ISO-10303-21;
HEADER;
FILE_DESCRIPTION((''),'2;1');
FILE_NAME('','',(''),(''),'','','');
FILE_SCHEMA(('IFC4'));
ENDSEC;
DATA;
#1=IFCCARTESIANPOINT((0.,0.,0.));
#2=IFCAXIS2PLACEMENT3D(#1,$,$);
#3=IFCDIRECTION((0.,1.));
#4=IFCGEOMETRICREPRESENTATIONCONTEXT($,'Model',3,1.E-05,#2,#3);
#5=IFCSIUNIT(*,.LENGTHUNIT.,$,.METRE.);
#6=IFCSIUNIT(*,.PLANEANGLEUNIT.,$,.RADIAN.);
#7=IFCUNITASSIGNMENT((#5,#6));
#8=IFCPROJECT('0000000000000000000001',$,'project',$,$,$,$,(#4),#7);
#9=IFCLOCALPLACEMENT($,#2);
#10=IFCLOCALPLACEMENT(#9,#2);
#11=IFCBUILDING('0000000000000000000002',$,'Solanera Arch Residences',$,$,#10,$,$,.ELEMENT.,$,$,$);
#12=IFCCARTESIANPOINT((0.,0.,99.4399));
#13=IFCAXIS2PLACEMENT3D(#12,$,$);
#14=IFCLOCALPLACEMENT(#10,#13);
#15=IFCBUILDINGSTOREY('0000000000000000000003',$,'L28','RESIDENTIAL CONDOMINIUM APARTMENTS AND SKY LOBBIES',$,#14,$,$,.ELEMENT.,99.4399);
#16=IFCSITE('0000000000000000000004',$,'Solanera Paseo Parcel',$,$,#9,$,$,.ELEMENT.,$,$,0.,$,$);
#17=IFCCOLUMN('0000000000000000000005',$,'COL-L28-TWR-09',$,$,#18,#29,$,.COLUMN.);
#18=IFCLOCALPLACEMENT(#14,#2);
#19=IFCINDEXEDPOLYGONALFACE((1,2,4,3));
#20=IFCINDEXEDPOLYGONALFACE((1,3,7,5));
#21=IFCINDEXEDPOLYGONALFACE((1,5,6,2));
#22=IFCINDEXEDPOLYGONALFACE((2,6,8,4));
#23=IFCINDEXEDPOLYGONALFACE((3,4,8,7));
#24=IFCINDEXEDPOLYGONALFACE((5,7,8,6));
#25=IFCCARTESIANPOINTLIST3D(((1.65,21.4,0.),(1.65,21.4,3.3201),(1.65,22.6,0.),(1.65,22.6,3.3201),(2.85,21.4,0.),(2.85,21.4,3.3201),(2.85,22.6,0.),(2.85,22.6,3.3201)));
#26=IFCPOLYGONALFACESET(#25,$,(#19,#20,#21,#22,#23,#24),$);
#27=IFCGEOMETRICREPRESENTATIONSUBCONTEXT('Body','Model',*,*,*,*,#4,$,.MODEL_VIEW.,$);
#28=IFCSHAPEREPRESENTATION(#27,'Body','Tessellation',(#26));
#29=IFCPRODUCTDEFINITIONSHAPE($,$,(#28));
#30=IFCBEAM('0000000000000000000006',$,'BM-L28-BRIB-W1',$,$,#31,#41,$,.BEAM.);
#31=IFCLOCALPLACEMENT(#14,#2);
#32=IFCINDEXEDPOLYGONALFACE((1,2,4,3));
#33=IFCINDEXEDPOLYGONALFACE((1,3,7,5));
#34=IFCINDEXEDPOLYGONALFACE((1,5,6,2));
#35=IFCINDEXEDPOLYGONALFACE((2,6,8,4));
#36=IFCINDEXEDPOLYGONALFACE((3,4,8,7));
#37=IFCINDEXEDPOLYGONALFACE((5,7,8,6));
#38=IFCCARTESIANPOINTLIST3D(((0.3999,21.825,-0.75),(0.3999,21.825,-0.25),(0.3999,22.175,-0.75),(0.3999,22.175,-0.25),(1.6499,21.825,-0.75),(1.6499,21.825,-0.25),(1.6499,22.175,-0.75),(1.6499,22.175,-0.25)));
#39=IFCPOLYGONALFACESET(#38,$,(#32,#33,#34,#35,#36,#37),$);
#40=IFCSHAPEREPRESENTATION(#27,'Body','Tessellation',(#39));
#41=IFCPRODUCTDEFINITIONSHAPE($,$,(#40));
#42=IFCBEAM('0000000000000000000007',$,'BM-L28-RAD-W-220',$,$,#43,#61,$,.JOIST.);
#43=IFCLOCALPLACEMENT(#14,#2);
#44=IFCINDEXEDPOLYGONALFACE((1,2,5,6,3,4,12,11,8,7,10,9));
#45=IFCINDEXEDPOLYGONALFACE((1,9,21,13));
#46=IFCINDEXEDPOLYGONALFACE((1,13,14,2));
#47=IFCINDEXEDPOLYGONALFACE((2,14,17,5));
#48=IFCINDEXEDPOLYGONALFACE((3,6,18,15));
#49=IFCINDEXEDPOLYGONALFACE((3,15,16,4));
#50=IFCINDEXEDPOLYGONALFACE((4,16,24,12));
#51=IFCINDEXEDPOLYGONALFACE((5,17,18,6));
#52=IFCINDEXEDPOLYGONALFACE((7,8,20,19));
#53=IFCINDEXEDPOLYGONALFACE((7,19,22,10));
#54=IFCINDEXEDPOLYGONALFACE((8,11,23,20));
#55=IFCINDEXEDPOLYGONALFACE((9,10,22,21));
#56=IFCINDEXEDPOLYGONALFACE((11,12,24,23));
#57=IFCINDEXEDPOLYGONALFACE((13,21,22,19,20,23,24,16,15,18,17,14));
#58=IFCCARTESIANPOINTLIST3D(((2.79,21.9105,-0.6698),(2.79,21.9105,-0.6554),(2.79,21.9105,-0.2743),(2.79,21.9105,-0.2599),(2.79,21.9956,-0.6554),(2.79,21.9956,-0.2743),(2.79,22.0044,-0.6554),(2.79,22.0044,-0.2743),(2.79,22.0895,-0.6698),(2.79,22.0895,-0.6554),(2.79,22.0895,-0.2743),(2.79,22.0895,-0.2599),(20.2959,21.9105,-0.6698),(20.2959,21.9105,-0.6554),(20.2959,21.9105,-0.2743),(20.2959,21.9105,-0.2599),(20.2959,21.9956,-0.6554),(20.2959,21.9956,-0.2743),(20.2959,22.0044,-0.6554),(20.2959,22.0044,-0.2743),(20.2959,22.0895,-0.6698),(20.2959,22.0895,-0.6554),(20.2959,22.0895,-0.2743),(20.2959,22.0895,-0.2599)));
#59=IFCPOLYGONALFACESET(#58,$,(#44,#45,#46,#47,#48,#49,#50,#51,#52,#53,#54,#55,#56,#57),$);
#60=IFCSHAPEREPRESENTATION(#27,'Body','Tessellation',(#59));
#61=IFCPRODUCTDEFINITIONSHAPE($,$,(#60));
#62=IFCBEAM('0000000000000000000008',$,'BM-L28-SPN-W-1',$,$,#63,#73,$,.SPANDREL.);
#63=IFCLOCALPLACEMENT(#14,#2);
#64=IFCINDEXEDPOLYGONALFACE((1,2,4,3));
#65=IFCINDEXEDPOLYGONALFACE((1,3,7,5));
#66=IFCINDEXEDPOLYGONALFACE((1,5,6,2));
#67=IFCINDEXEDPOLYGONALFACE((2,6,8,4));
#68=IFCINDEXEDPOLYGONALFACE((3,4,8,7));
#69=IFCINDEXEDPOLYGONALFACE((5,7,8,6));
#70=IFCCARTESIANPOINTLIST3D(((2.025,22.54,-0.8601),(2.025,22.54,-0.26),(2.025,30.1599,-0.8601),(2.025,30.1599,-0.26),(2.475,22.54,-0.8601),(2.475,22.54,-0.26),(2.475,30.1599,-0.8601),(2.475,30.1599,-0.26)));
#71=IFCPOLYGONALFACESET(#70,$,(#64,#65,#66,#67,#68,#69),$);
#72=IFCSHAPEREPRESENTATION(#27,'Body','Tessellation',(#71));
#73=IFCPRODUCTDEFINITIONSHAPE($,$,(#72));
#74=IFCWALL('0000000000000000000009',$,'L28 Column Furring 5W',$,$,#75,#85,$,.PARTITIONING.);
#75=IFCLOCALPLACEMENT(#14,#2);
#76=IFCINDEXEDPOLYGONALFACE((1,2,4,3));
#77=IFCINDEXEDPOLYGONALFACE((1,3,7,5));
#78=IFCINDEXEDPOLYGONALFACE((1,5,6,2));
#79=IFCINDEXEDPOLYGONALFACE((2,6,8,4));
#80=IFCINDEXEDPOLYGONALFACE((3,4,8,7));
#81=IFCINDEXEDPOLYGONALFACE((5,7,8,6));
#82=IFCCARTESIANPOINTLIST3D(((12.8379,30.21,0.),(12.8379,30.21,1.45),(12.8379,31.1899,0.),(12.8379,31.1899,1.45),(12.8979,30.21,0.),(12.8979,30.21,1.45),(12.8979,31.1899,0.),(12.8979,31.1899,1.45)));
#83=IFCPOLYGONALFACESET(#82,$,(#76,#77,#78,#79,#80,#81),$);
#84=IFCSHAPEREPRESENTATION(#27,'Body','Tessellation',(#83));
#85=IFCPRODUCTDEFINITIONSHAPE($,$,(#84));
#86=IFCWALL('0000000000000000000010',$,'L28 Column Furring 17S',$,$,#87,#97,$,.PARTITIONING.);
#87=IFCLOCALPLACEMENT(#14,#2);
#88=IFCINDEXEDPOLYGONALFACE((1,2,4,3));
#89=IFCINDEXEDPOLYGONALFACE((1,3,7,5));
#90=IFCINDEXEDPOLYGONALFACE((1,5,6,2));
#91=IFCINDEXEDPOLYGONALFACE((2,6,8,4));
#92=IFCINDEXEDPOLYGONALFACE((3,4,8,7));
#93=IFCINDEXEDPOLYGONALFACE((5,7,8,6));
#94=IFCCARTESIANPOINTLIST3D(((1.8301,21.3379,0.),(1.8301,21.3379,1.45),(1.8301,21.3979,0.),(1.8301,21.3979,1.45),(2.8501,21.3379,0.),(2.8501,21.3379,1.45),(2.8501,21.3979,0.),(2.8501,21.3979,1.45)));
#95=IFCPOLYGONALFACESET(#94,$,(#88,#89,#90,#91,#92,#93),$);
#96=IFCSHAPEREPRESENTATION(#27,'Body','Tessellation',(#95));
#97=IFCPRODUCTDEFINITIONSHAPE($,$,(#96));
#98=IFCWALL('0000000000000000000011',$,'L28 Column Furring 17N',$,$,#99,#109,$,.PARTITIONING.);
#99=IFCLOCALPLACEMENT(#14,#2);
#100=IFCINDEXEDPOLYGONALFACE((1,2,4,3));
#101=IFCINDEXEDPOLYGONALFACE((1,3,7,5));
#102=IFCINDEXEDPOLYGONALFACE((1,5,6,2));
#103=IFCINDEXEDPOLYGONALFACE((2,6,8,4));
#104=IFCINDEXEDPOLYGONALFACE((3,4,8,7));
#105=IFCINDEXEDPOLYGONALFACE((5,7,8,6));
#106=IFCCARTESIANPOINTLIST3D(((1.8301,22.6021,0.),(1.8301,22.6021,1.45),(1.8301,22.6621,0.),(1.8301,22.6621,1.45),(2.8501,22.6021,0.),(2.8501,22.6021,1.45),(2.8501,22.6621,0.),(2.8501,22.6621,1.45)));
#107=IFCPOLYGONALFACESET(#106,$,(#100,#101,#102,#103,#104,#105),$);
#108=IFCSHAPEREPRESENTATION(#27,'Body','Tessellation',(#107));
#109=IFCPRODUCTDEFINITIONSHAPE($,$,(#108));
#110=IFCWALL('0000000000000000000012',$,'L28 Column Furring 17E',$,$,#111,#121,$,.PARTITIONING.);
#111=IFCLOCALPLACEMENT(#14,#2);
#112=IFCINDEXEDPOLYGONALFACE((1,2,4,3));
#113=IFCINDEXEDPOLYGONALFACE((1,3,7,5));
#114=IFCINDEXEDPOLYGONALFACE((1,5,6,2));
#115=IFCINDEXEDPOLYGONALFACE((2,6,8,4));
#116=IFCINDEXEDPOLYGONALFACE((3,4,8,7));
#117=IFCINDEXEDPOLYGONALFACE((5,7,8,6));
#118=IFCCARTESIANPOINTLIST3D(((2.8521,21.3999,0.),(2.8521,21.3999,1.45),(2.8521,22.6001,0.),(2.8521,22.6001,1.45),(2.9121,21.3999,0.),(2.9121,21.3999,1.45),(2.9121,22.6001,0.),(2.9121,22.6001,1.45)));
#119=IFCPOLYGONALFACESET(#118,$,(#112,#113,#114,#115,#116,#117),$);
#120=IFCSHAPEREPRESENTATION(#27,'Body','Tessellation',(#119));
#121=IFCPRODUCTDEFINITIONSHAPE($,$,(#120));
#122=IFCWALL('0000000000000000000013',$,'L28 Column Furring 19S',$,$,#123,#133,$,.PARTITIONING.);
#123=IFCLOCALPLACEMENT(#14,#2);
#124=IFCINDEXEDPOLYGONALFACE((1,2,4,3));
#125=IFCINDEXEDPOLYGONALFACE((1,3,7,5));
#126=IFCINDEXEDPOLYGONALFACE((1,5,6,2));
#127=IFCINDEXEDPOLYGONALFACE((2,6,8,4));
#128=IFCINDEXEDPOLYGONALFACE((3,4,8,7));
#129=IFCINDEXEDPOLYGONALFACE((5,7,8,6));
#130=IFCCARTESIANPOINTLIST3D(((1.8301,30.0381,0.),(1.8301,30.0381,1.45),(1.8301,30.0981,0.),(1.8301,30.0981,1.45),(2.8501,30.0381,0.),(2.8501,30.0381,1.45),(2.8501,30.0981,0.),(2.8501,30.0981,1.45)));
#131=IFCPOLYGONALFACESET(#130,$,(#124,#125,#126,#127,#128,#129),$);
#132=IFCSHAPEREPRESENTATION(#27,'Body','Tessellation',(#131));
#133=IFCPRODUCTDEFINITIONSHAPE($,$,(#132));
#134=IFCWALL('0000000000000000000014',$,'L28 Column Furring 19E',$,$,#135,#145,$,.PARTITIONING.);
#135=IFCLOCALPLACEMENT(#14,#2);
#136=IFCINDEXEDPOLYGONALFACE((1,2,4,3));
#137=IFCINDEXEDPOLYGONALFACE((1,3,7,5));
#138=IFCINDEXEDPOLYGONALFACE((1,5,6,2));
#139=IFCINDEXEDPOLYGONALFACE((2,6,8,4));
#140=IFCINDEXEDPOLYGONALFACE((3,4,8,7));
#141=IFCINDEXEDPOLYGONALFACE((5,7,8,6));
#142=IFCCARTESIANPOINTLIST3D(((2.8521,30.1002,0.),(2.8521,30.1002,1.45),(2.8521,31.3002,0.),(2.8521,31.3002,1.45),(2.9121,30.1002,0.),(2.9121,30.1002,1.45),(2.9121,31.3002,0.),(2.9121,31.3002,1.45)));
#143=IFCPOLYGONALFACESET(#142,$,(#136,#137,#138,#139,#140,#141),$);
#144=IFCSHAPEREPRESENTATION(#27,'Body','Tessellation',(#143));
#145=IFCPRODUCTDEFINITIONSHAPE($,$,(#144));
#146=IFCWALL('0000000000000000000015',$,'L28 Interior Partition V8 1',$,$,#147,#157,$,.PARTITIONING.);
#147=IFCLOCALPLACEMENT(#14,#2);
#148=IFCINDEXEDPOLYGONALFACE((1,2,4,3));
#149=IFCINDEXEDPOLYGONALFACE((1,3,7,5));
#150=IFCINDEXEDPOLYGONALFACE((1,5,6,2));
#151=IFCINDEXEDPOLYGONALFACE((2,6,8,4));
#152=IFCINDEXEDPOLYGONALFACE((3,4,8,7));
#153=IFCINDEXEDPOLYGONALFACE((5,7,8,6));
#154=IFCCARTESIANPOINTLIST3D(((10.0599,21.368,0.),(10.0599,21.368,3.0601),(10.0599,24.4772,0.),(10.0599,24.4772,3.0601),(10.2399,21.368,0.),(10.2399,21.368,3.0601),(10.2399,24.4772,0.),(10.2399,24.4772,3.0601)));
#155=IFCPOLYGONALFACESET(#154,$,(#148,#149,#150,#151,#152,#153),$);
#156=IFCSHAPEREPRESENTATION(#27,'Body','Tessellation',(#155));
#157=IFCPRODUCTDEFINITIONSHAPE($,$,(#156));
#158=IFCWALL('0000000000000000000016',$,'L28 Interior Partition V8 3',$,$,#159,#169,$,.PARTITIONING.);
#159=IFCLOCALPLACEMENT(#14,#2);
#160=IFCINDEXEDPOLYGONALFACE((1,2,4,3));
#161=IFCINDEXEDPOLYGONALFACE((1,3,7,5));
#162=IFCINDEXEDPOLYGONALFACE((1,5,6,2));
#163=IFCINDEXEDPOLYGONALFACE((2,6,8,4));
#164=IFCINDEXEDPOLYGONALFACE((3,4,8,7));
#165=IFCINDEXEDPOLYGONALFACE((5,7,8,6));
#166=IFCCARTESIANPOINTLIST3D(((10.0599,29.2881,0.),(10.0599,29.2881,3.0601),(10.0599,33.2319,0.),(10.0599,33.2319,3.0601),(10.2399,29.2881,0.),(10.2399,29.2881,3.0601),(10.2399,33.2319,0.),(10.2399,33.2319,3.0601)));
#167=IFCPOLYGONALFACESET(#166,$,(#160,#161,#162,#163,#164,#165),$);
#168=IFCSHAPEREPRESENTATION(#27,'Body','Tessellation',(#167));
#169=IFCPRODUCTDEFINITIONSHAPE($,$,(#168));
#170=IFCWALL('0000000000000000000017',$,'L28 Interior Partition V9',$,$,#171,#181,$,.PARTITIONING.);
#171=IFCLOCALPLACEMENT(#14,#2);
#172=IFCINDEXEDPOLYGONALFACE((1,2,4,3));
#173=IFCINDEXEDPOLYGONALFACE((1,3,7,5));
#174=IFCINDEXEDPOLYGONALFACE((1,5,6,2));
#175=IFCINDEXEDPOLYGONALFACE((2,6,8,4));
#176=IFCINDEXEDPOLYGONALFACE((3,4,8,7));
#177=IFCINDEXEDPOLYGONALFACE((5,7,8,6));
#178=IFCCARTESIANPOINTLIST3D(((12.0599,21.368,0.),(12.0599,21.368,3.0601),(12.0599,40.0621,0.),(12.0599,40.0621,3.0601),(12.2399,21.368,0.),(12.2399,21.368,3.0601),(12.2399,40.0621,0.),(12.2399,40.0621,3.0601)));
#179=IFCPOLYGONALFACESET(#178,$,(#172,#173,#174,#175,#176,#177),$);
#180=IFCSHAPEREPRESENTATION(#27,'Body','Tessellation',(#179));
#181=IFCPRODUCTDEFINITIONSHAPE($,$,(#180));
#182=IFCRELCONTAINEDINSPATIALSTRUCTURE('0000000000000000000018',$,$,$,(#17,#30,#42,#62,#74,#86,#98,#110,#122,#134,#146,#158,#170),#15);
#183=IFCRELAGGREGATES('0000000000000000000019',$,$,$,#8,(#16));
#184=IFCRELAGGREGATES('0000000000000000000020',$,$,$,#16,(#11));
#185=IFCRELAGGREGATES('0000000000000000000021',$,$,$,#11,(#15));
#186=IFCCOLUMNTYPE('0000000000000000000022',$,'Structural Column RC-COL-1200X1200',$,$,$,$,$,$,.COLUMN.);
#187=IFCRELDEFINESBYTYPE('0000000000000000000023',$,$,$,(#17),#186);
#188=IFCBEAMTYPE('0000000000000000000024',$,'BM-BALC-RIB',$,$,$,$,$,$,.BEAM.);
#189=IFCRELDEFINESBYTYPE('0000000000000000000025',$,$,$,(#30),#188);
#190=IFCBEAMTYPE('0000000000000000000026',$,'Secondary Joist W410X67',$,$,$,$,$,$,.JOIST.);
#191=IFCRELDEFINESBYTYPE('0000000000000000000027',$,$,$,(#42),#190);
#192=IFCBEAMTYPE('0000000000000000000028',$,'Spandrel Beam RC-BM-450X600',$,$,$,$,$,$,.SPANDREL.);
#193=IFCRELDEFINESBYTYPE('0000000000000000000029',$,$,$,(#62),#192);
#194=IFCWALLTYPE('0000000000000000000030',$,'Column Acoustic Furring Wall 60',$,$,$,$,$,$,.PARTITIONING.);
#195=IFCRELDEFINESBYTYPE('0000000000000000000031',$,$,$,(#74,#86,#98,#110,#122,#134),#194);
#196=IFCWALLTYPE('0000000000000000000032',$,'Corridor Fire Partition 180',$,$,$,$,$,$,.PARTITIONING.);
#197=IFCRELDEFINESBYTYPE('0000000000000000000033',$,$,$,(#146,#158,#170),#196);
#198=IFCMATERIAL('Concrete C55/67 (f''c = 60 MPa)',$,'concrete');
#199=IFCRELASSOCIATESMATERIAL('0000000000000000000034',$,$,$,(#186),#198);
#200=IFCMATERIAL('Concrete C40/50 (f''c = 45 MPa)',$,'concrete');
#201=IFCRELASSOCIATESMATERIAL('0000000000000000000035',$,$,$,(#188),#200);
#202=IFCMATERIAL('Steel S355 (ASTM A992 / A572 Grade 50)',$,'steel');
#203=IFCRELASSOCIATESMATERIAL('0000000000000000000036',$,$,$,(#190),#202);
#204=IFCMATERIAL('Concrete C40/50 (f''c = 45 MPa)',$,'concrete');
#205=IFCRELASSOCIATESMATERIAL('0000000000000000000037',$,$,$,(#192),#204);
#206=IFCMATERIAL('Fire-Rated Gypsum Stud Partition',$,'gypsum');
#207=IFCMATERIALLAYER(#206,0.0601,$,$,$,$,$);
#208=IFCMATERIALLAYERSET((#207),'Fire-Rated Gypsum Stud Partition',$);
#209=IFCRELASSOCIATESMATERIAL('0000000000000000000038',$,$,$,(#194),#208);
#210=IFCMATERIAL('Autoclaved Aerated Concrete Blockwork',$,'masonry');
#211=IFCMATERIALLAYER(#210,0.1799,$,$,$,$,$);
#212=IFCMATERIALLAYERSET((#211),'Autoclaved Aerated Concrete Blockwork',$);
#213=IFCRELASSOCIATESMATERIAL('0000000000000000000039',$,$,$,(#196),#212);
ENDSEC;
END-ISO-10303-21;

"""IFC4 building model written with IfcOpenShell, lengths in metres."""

from ifc_helpers import new_model, si_unit, direction, frame, frame_2d, origin, origin_2d, place, context, subcontext, project, spatial, rectangle, i_section, extrude, material, layer, layer_set, material_profile, profile_set, type_object, element, save


model = new_model("IFC4")

# Units and contexts
model_context = context("Model", 3, precision=1e-05, world=origin(), true_north=direction((0.0, 1.0)))
body_context = subcontext(model_context, "Body", "Model", "MODEL_VIEW")
ifc_project = project(units=[si_unit("LENGTHUNIT", "METRE"), si_unit("PLANEANGLEUNIT", "RADIAN")], contexts=[model_context])

# Site, building, storey
site_placement = place(None, origin())
site = spatial("IfcSite", under=ifc_project, at=site_placement, Name="Solanera Paseo Parcel", CompositionType="ELEMENT", RefElevation=0.0)
building_placement = place(site_placement, origin())
building = spatial("IfcBuilding", under=site, at=building_placement, Name="Solanera Arch Residences", CompositionType="ELEMENT")
storey_placement = place(building_placement, frame((0.0, 0.0, 99.4399)))
storey = spatial("IfcBuildingStorey", under=building, at=storey_placement, Name="L28", Description="RESIDENTIAL CONDOMINIUM APARTMENTS AND SKY LOBBIES", CompositionType="ELEMENT", Elevation=99.4399)

# Column
ifc_material_1 = material(Name="Concrete C55/67 (f'c = 60 MPa)", Category="concrete")
ifc_material_profile_1 = material_profile(ifc_material_1, rectangle(XDim=1.2, YDim=1.2, at=origin_2d()))
ifc_profile_set_1 = profile_set([ifc_material_profile_1], Name="Concrete C55/67 (f'c = 60 MPa)")
column_type = type_object("IfcColumnType", Name="Structural Column RC-COL-1200X1200", PredefinedType="COLUMN", material=ifc_profile_set_1)
column_placement = place(storey_placement, frame((2.25, 22.0, 0.0), z_axis=(0.0, 0.0, 1.0), x_axis=(1.0, 0.0, 0.0)))
element("IfcColumn", 1, at=column_placement, inside=storey, type_object=column_type, Name="COL-L28-TWR-09", PredefinedType="COLUMN", context=body_context, shape_type="SweptSolid", body=[
    extrude(rectangle(XDim=1.2, YDim=1.2, at=origin_2d()), origin(), (0.0, 0.0, 1.0), 3.3201),
])

# Beams
ifc_material_2 = material(Name="Concrete C40/50 (f'c = 45 MPa)", Category="concrete")
ifc_material_profile_2 = material_profile(ifc_material_2, rectangle(XDim=0.3501, YDim=0.5, at=origin_2d()))
ifc_profile_set_2 = profile_set([ifc_material_profile_2], Name="Concrete C40/50 (f'c = 45 MPa)")
beam_type_1 = type_object("IfcBeamType", Name="BM-BALC-RIB", PredefinedType="BEAM", material=ifc_profile_set_2)
beam_1_placement = place(storey_placement, frame((0.3999, 22.0, -0.5), z_axis=(1.0, 0.0, 0.0), x_axis=(0.0, 1.0, 0.0)))
element("IfcBeam", 2, at=beam_1_placement, inside=storey, type_object=beam_type_1, Name="BM-L28-BRIB-W1", PredefinedType="BEAM", context=body_context, shape_type="SweptSolid", body=[
    extrude(rectangle(XDim=0.3501, YDim=0.5, at=origin_2d()), origin(), (0.0, 0.0, 1.0), 1.25),
])
ifc_material_3 = material(Name="Steel S355 (ASTM A992 / A572 Grade 50)", Category="steel")
ifc_material_profile_3 = material_profile(ifc_material_3, i_section(OverallWidth=0.179, OverallDepth=0.4099, WebThickness=0.0088, FlangeThickness=0.0144, at=origin_2d()))
ifc_profile_set_3 = profile_set([ifc_material_profile_3], Name="Steel S355 (ASTM A992 / A572 Grade 50)")
beam_type_2 = type_object("IfcBeamType", Name="Secondary Joist W410X67", PredefinedType="JOIST", material=ifc_profile_set_3)
beam_2_placement = place(storey_placement, frame((2.79, 22.0, -0.4648), z_axis=(1.0, 0.0, 0.0), x_axis=(0.0, 1.0, 0.0)))
element("IfcBeam", 3, at=beam_2_placement, inside=storey, type_object=beam_type_2, Name="BM-L28-RAD-W-220", PredefinedType="JOIST", context=body_context, shape_type="SweptSolid", body=[
    extrude(i_section(OverallWidth=0.179, OverallDepth=0.4099, WebThickness=0.0088, FlangeThickness=0.0144, at=origin_2d()), origin(), (0.0, 0.0, 1.0), 17.5059),
])
ifc_material_4 = material(Name="Concrete C40/50 (f'c = 45 MPa)", Category="concrete")
ifc_material_profile_4 = material_profile(ifc_material_4, rectangle(XDim=0.45, YDim=0.6001, at=origin_2d()))
ifc_profile_set_4 = profile_set([ifc_material_profile_4], Name="Concrete C40/50 (f'c = 45 MPa)")
beam_type_3 = type_object("IfcBeamType", Name="Spandrel Beam RC-BM-450X600", PredefinedType="SPANDREL", material=ifc_profile_set_4)
beam_3_placement = place(storey_placement, frame((2.25, 22.54, -0.5601), z_axis=(0.0, 1.0, 0.0), x_axis=(-1.0, 0.0, 0.0)))
element("IfcBeam", 4, at=beam_3_placement, inside=storey, type_object=beam_type_3, Name="BM-L28-SPN-W-1", PredefinedType="SPANDREL", context=body_context, shape_type="SweptSolid", body=[
    extrude(rectangle(XDim=0.45, YDim=0.6001, at=origin_2d()), origin(), (0.0, 0.0, 1.0), 7.6199),
])

# Walls
ifc_material_5 = material(Name="Fire-Rated Gypsum Stud Partition", Category="gypsum")
ifc_layer_1 = layer(ifc_material_5, 0.0601)
ifc_layer_set_1 = layer_set([ifc_layer_1], Name="Fire-Rated Gypsum Stud Partition")
wall_type_1 = type_object("IfcWallType", Name="Column Acoustic Furring Wall 60", PredefinedType="PARTITIONING", material=ifc_layer_set_1)
wall_1_placement = place(storey_placement, frame((12.8679, 30.21, 0.0), z_axis=(0.0, 0.0, 1.0), x_axis=(0.0, 1.0, 0.0)))
element("IfcWall", 5, at=wall_1_placement, inside=storey, type_object=wall_type_1, Name="L28 Column Furring 5W", PredefinedType="PARTITIONING", context=body_context, shape_type="SweptSolid", body=[
    extrude(rectangle(XDim=0.98, YDim=0.0601, at=frame_2d((0.49, 0.0))), origin(), (0.0, 0.0, 1.0), 1.45),
])
for number, where, z_axis, x_axis, name in (
    (6, (1.8301, 21.3679, 0.0), (0.0, 0.0, 1.0), (1.0, 0.0, 0.0), "L28 Column Furring 17S"),
    (7, (1.8301, 22.6321, 0.0), (0.0, 0.0, 1.0), (1.0, 0.0, 0.0), "L28 Column Furring 17N"),
):
    element("IfcWall", number, at=place(storey_placement, frame(where, z_axis=z_axis, x_axis=x_axis)), inside=storey, type_object=wall_type_1, Name=name, PredefinedType="PARTITIONING", context=body_context, shape_type="SweptSolid", body=[
        extrude(rectangle(XDim=1.02, YDim=0.0601, at=frame_2d((0.51, 0.0))), origin(), (0.0, 0.0, 1.0), 1.45),
    ])
wall_2_placement = place(storey_placement, frame((2.8821, 21.3999, 0.0), z_axis=(0.0, 0.0, 1.0), x_axis=(0.0, 1.0, 0.0)))
element("IfcWall", 8, at=wall_2_placement, inside=storey, type_object=wall_type_1, Name="L28 Column Furring 17E", PredefinedType="PARTITIONING", context=body_context, shape_type="SweptSolid", body=[
    extrude(rectangle(XDim=1.2002, YDim=0.0601, at=frame_2d((0.6001, 0.0))), origin(), (0.0, 0.0, 1.0), 1.45),
])
wall_3_placement = place(storey_placement, frame((1.8301, 30.0681, 0.0), z_axis=(0.0, 0.0, 1.0), x_axis=(1.0, 0.0, 0.0)))
element("IfcWall", 9, at=wall_3_placement, inside=storey, type_object=wall_type_1, Name="L28 Column Furring 19S", PredefinedType="PARTITIONING", context=body_context, shape_type="SweptSolid", body=[
    extrude(rectangle(XDim=1.02, YDim=0.0601, at=frame_2d((0.51, 0.0))), origin(), (0.0, 0.0, 1.0), 1.45),
])
wall_4_placement = place(storey_placement, frame((2.8821, 30.1001, 0.0), z_axis=(0.0, 0.0, 1.0), x_axis=(0.0, 1.0, 0.0)))
element("IfcWall", 10, at=wall_4_placement, inside=storey, type_object=wall_type_1, Name="L28 Column Furring 19E", PredefinedType="PARTITIONING", context=body_context, shape_type="SweptSolid", body=[
    extrude(rectangle(XDim=1.2, YDim=0.0601, at=frame_2d((0.6001, 0.0))), origin(), (0.0, 0.0, 1.0), 1.45),
])
ifc_material_6 = material(Name="Autoclaved Aerated Concrete Blockwork", Category="masonry")
ifc_layer_2 = layer(ifc_material_6, 0.1799)
ifc_layer_set_2 = layer_set([ifc_layer_2], Name="Autoclaved Aerated Concrete Blockwork")
wall_type_2 = type_object("IfcWallType", Name="Corridor Fire Partition 180", PredefinedType="PARTITIONING", material=ifc_layer_set_2)
wall_5_placement = place(storey_placement, frame((10.1499, 21.3679, 0.0), z_axis=(0.0, 0.0, 1.0), x_axis=(0.0, 1.0, 0.0)))
element("IfcWall", 11, at=wall_5_placement, inside=storey, type_object=wall_type_2, Name="L28 Interior Partition V8 1", PredefinedType="PARTITIONING", context=body_context, shape_type="SweptSolid", body=[
    extrude(rectangle(XDim=3.1091, YDim=0.1799, at=frame_2d((1.5547, 0.0))), origin(), (0.0, 0.0, 1.0), 3.0601),
])

# Walls
wall_6_placement = place(storey_placement, frame((10.1499, 29.2881, 0.0), z_axis=(0.0, 0.0, 1.0), x_axis=(0.0, 1.0, 0.0)))
element("IfcWall", 12, at=wall_6_placement, inside=storey, type_object=wall_type_2, Name="L28 Interior Partition V8 3", PredefinedType="PARTITIONING", context=body_context, shape_type="SweptSolid", body=[
    extrude(rectangle(XDim=3.9438, YDim=0.1799, at=frame_2d((1.9719, 0.0))), origin(), (0.0, 0.0, 1.0), 3.0601),
])
wall_7_placement = place(storey_placement, frame((12.1499, 21.3679, 0.0), z_axis=(0.0, 0.0, 1.0), x_axis=(0.0, 1.0, 0.0)))
element("IfcWall", 13, at=wall_7_placement, inside=storey, type_object=wall_type_2, Name="L28 Interior Partition V9", PredefinedType="PARTITIONING", context=body_context, shape_type="SweptSolid", body=[
    extrude(rectangle(XDim=18.6941, YDim=0.1799, at=frame_2d((9.3472, 0.0))), origin(), (0.0, 0.0, 1.0), 3.0601),
])

save(model, "model.ifc")
